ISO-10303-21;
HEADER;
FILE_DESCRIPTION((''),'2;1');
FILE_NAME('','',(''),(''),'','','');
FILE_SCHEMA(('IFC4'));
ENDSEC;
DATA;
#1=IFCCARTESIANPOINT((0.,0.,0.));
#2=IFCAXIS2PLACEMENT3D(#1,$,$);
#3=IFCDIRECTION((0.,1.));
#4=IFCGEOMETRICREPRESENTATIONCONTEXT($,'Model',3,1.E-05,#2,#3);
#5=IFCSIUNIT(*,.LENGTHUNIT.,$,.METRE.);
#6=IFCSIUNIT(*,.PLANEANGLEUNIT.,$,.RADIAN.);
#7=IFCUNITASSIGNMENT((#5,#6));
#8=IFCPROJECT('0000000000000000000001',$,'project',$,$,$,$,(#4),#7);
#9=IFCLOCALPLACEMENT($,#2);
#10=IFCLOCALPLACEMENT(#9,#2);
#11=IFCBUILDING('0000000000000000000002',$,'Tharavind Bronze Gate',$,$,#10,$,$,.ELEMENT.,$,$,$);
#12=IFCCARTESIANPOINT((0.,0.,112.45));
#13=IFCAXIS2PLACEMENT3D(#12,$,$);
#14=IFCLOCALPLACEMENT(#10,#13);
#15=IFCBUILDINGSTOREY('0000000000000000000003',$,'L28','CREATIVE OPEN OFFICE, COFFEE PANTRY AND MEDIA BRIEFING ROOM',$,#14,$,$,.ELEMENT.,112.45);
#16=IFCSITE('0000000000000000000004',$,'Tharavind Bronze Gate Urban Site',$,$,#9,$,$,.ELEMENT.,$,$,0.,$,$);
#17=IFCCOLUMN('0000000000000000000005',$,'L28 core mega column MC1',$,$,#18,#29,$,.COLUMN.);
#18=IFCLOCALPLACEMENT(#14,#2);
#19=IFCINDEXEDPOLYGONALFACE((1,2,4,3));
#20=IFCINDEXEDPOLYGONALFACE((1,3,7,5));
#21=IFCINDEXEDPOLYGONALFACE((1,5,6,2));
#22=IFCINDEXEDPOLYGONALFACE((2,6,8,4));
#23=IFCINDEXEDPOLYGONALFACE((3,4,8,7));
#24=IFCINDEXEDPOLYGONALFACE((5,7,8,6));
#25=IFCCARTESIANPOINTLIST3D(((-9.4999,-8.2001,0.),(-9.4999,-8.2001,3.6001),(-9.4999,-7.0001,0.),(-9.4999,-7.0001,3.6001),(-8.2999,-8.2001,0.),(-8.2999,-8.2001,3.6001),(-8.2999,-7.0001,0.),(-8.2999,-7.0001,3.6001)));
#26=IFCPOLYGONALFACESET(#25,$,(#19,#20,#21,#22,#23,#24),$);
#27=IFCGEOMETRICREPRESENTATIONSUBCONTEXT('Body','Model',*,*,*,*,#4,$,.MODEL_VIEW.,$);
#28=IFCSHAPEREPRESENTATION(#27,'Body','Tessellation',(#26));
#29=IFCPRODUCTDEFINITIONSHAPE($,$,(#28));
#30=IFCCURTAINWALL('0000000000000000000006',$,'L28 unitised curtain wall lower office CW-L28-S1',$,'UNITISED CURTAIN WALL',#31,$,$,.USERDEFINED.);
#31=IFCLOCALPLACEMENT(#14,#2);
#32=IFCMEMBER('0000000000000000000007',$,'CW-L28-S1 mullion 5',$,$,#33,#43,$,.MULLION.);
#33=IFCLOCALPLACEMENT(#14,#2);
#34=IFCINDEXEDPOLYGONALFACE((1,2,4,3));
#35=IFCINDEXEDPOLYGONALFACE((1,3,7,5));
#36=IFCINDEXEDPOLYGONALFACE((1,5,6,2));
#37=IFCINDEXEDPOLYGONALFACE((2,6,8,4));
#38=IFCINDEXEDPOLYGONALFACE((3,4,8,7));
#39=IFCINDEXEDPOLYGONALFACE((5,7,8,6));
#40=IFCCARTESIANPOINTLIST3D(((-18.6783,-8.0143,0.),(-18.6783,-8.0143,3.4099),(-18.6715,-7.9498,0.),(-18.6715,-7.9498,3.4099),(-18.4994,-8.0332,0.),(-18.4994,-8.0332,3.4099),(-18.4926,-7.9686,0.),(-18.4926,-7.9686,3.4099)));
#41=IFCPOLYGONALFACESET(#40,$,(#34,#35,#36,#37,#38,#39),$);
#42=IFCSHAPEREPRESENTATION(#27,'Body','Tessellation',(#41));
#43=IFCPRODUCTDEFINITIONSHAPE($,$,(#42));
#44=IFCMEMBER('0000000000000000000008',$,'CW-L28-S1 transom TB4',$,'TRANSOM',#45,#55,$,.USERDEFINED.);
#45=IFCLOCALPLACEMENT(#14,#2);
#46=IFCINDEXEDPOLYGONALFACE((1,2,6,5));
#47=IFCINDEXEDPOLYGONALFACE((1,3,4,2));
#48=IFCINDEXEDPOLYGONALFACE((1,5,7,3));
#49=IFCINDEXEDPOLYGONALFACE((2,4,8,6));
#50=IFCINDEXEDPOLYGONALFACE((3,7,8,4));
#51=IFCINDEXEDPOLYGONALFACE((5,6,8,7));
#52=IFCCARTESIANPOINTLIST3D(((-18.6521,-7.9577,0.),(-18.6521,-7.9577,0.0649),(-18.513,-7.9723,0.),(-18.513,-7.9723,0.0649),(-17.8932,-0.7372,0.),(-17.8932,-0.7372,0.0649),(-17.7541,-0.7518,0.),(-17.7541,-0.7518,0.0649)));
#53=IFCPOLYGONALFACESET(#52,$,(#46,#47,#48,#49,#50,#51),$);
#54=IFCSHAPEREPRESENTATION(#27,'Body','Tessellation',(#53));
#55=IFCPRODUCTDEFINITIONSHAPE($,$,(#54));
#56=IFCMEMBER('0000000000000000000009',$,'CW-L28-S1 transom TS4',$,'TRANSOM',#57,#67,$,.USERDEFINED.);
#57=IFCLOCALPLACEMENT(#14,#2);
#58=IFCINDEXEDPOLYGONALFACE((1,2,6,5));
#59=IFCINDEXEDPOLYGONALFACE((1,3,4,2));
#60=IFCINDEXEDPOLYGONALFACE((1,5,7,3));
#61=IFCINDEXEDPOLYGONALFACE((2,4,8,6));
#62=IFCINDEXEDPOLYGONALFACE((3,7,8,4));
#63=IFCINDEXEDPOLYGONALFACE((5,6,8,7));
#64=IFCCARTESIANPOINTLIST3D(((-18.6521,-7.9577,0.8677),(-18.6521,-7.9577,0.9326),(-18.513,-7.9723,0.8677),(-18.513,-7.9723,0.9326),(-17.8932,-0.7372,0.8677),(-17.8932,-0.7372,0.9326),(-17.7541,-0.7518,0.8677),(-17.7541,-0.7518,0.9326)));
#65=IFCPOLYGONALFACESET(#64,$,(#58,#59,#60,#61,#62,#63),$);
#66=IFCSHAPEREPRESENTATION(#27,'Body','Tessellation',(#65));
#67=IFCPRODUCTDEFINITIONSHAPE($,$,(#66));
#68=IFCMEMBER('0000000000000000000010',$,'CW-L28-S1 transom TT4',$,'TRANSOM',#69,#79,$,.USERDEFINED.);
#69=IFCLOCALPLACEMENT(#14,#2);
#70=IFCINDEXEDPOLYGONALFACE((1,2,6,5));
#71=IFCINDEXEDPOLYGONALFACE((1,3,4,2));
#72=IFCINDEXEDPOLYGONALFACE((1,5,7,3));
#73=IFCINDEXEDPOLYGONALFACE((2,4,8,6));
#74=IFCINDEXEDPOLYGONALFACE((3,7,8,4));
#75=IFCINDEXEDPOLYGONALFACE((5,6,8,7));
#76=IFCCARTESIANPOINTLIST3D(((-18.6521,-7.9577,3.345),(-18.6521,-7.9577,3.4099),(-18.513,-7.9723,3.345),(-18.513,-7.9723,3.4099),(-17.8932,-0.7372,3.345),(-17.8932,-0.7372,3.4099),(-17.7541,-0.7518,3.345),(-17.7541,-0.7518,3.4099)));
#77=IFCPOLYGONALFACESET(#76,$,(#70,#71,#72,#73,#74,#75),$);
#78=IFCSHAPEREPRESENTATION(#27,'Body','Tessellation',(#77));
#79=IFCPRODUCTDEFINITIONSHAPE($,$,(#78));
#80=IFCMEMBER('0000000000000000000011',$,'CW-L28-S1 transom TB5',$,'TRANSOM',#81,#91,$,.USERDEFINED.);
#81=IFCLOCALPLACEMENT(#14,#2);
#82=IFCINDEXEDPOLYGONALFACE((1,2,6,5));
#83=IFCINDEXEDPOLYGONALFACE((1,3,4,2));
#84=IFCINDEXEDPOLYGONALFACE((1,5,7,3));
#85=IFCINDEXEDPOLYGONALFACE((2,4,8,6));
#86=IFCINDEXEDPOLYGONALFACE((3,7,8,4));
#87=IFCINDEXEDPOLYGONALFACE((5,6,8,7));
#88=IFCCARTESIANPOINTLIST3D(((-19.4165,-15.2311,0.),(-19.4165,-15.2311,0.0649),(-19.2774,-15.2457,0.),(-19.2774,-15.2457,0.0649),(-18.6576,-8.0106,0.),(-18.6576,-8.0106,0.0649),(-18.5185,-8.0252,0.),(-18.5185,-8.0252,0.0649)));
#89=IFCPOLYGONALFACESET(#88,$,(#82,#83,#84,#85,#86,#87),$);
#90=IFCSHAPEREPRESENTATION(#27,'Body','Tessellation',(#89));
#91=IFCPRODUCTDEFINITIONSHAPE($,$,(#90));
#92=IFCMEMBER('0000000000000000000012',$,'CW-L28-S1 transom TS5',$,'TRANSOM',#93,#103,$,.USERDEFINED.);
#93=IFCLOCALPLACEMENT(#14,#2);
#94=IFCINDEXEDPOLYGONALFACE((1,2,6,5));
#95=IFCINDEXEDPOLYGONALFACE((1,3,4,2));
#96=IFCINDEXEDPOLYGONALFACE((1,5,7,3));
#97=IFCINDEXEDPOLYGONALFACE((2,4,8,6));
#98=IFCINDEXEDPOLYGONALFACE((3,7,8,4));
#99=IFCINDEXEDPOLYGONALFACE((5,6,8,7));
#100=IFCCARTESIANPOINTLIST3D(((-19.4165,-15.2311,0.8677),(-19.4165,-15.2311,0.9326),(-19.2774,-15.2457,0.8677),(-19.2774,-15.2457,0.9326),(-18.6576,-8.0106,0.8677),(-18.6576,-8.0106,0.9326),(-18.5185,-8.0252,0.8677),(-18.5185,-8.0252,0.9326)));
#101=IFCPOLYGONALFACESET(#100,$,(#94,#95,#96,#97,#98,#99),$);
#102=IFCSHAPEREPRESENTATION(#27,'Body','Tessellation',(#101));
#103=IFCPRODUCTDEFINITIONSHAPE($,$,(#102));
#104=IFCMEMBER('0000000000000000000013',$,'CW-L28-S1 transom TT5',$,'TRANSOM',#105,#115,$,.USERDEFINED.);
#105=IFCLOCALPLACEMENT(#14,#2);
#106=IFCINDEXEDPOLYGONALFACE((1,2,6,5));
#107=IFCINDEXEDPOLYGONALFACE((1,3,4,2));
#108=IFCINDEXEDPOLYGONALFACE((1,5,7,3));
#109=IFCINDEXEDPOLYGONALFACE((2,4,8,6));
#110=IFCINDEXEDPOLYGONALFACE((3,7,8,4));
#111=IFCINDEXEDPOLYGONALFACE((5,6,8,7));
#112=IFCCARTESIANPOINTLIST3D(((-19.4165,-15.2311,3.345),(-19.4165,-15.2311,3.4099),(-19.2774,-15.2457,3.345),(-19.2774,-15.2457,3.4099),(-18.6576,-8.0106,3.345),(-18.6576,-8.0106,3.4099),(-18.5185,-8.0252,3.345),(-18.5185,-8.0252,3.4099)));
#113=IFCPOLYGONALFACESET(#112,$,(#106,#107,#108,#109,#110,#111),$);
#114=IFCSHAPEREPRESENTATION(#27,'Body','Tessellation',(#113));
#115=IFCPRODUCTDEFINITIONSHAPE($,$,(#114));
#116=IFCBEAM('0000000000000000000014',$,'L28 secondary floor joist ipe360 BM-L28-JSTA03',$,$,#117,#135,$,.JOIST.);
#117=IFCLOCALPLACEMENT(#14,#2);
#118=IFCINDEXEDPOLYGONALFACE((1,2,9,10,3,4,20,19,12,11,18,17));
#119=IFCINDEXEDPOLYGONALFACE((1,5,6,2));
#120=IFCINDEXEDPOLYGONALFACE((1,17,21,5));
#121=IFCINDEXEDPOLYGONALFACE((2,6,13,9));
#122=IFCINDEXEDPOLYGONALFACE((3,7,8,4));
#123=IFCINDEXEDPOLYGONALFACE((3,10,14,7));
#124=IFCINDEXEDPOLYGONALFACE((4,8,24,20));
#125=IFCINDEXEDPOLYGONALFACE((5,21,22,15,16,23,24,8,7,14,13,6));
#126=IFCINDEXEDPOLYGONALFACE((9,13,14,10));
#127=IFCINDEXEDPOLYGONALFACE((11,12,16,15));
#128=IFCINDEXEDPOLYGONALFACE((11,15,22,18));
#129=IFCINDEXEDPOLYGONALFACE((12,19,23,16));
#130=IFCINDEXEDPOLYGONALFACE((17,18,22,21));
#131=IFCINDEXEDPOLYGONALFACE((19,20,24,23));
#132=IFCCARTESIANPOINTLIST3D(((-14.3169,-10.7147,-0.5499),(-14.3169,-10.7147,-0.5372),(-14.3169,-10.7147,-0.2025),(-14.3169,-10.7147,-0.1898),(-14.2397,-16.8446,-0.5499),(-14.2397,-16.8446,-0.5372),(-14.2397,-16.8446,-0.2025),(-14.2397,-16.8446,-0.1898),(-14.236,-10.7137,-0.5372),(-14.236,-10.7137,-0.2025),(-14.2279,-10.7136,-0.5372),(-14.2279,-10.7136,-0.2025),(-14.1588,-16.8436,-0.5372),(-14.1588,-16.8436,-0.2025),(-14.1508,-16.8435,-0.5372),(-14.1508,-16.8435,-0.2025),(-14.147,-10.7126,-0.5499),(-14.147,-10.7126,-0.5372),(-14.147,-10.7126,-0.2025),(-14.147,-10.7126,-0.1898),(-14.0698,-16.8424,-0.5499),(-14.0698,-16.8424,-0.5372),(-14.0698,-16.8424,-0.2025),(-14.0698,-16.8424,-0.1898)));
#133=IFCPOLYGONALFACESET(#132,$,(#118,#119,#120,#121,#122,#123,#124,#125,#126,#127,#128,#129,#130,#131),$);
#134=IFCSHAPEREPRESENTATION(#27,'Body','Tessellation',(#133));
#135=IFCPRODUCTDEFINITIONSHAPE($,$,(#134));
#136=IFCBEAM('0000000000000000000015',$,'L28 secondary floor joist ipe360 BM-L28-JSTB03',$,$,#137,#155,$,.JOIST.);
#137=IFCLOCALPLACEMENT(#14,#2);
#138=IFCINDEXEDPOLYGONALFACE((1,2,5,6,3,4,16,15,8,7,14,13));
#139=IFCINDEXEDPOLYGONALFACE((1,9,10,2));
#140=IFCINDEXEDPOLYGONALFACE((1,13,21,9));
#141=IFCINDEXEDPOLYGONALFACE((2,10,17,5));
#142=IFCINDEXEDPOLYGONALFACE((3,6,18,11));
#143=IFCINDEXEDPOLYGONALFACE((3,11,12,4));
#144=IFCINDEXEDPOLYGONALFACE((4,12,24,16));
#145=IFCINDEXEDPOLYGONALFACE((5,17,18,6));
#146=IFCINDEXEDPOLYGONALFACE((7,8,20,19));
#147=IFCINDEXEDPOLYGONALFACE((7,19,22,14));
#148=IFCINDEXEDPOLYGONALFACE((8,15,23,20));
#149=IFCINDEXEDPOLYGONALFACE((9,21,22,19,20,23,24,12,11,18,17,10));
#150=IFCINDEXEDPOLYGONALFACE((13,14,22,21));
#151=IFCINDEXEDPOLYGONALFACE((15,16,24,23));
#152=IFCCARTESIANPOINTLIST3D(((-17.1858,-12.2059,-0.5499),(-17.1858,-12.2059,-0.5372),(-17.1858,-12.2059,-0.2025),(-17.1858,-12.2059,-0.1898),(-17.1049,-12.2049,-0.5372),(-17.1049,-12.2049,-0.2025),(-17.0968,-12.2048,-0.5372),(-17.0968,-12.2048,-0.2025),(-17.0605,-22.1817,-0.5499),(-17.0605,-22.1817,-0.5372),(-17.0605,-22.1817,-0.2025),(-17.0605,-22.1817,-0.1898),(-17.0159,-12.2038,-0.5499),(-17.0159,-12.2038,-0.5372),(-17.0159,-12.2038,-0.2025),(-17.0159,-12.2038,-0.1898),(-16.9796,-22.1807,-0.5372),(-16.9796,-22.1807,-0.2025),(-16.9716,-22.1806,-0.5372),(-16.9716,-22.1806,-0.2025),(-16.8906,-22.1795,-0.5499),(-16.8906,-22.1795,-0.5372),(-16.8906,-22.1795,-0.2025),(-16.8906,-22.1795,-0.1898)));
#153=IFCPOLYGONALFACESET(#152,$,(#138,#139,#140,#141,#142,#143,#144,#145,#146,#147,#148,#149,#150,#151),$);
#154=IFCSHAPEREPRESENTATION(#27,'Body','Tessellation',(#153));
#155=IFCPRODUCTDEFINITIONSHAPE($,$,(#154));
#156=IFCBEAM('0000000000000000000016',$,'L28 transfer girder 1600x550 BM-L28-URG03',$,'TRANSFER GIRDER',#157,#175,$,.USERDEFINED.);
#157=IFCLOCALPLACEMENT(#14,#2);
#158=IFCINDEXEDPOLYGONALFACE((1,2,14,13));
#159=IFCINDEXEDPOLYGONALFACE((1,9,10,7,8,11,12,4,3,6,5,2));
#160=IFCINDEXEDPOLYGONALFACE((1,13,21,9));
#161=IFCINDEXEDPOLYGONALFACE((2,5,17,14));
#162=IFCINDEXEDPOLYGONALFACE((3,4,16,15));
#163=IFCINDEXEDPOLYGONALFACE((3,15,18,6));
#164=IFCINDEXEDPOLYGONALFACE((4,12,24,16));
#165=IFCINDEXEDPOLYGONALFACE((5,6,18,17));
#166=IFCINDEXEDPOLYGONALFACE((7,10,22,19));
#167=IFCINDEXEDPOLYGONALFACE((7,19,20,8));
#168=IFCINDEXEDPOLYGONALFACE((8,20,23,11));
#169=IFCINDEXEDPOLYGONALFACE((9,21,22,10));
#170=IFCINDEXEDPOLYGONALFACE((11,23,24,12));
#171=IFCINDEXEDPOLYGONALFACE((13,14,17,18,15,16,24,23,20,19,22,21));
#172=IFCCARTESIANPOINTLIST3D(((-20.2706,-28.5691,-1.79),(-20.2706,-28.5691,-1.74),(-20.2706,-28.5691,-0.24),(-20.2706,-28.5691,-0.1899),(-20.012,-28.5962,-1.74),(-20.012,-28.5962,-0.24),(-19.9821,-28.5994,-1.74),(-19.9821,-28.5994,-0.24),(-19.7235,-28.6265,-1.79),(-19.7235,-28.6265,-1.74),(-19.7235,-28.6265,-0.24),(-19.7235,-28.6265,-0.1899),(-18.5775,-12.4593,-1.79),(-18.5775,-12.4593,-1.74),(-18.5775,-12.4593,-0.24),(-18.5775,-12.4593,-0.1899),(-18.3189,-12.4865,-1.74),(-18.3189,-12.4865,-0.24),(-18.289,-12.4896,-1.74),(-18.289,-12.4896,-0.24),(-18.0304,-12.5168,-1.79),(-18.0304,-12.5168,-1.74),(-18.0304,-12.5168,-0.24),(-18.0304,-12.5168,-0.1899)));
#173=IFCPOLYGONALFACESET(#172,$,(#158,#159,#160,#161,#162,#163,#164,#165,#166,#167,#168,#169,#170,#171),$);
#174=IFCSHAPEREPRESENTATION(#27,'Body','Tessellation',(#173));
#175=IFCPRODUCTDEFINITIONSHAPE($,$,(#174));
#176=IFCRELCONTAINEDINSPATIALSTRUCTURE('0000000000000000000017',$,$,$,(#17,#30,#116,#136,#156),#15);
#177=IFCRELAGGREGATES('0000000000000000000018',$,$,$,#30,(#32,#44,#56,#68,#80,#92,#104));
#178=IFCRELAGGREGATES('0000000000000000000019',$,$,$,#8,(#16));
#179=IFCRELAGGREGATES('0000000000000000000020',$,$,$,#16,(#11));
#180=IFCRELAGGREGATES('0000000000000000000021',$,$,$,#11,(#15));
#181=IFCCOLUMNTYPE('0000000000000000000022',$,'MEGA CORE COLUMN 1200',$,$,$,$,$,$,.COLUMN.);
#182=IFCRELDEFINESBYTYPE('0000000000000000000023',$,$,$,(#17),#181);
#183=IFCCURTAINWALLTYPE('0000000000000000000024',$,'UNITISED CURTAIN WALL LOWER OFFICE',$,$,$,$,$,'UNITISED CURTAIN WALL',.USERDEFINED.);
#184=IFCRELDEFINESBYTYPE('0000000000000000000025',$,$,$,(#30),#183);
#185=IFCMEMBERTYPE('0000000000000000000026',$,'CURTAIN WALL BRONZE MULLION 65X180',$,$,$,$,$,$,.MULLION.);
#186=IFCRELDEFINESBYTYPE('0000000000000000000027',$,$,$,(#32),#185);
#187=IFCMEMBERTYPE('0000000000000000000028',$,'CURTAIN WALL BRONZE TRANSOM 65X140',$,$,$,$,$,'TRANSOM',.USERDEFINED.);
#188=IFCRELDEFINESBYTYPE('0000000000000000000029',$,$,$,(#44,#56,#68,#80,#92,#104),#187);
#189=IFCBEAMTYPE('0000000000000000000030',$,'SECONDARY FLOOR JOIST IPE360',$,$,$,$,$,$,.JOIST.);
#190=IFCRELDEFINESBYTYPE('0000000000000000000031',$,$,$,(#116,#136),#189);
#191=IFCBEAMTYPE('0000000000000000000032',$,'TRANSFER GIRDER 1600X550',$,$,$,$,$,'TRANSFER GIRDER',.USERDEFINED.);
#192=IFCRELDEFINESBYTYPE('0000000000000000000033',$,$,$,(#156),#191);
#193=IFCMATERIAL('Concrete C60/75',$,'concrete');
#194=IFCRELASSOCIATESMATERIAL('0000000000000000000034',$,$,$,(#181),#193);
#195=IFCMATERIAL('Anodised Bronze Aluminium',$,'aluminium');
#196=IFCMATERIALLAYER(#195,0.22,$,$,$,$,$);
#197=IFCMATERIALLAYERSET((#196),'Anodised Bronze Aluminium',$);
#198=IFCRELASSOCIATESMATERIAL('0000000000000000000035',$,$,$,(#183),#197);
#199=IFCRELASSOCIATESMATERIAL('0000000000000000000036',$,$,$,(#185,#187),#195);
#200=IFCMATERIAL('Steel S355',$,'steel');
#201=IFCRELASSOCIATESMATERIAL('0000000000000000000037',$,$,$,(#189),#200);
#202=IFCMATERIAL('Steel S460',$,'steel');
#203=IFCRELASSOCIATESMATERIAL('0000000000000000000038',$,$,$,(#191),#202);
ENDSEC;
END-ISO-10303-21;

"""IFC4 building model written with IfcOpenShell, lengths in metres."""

from ifc_helpers import new_model, si_unit, direction, frame, origin, origin_2d, place, context, subcontext, project, spatial, rectangle, i_section, extrude, material, layer, layer_set, material_profile, profile_set, type_object, element, aggregate, save


model = new_model("IFC4")

# Units and contexts
model_context = context("Model", 3, precision=1e-05, world=origin(), true_north=direction((0.0, 1.0)))
body_context = subcontext(model_context, "Body", "Model", "MODEL_VIEW")
ifc_project = project(units=[si_unit("LENGTHUNIT", "METRE"), si_unit("PLANEANGLEUNIT", "RADIAN")], contexts=[model_context])

# Site, building, storey
site_placement = place(None, origin())
site = spatial("IfcSite", under=ifc_project, at=site_placement, Name="Tharavind Bronze Gate Urban Site", CompositionType="ELEMENT", RefElevation=0.0)
building_placement = place(site_placement, origin())
building = spatial("IfcBuilding", under=site, at=building_placement, Name="Tharavind Bronze Gate", CompositionType="ELEMENT")
storey_placement = place(building_placement, frame((0.0, 0.0, 112.45)))
storey = spatial("IfcBuildingStorey", under=building, at=storey_placement, Name="L28", Description="CREATIVE OPEN OFFICE, COFFEE PANTRY AND MEDIA BRIEFING ROOM", CompositionType="ELEMENT", Elevation=112.45)

# Column
ifc_material_1 = material(Name="Concrete C60/75", Category="concrete")
ifc_material_profile_1 = material_profile(ifc_material_1, rectangle(XDim=1.2, YDim=1.2, at=origin_2d()), Name="RCCOL1200")
ifc_profile_set_1 = profile_set([ifc_material_profile_1], Name="Concrete C60/75")
column_type = type_object("IfcColumnType", Name="MEGA CORE COLUMN 1200", PredefinedType="COLUMN", material=ifc_profile_set_1)
column_placement = place(storey_placement, frame((-8.8999, -7.6001, 0.0), z_axis=(0.0, 0.0, 1.0), x_axis=(1.0, 0.0, 0.0)))
element("IfcColumn", 1, at=column_placement, inside=storey, type_object=column_type, Name="L28 core mega column MC1", PredefinedType="COLUMN", context=body_context, shape_type="SweptSolid", body=[
    extrude(rectangle(XDim=1.2, YDim=1.2, at=origin_2d()), origin(), (0.0, 0.0, 1.0), 3.6001),
])

# Curtain wall, members
ifc_material_2 = material(Name="Anodised Bronze Aluminium", Category="aluminium")
ifc_layer_1 = layer(ifc_material_2, 0.22)
ifc_layer_set_1 = layer_set([ifc_layer_1], Name="Anodised Bronze Aluminium")
curtain_wall_type = type_object("IfcCurtainWallType", Name="UNITISED CURTAIN WALL LOWER OFFICE", ElementType="UNITISED CURTAIN WALL", PredefinedType="USERDEFINED", material=ifc_layer_set_1)
curtain_wall_placement = place(storey_placement, origin())
curtain_wall = element("IfcCurtainWall", 2, at=curtain_wall_placement, inside=storey, type_object=curtain_wall_type, Name="L28 unitised curtain wall lower office CW-L28-S1", ObjectType="UNITISED CURTAIN WALL", PredefinedType="USERDEFINED")
member_type_1 = type_object("IfcMemberType", Name="CURTAIN WALL BRONZE MULLION 65X180", PredefinedType="MULLION", material=ifc_material_2)
member_1_placement = place(storey_placement, frame((-18.5854, -7.9915, 0.0), z_axis=(0.0, 0.0, 1.0), x_axis=(-0.104527, -0.994522, 0.0)))
member_1 = element("IfcMember", 3, at=member_1_placement, type_object=member_type_1, Name="CW-L28-S1 mullion 5", PredefinedType="MULLION", context=body_context, shape_type="SweptSolid", body=[
    extrude(rectangle(XDim=0.0649, YDim=0.1799, at=origin_2d()), origin(), (0.0, 0.0, 1.0), 3.4099),
])
member_type_2 = type_object("IfcMemberType", Name="CURTAIN WALL BRONZE TRANSOM 65X140", ElementType="TRANSOM", PredefinedType="USERDEFINED", material=ifc_material_2)
member_2_placement = place(storey_placement, frame((-18.2031, -4.3547, 0.0), z_axis=(0.0, 0.0, 1.0), x_axis=(-0.104527, -0.994522, 0.0)))
member_2 = element("IfcMember", 4, at=member_2_placement, type_object=member_type_2, Name="CW-L28-S1 transom TB4", ObjectType="TRANSOM", PredefinedType="USERDEFINED", context=body_context, shape_type="SweptSolid", body=[
    extrude(rectangle(XDim=7.2603, YDim=0.1399, at=origin_2d()), origin(), (0.0, 0.0, 1.0), 0.0649),
])
member_3_placement = place(storey_placement, frame((-18.2031, -4.3547, 0.8677), z_axis=(0.0, 0.0, 1.0), x_axis=(-0.104527, -0.994522, 0.0)))
member_3 = element("IfcMember", 5, at=member_3_placement, type_object=member_type_2, Name="CW-L28-S1 transom TS4", ObjectType="TRANSOM", PredefinedType="USERDEFINED", context=body_context, shape_type="SweptSolid", body=[
    extrude(rectangle(XDim=7.2603, YDim=0.1399, at=origin_2d()), origin(), (0.0, 0.0, 1.0), 0.0649),
])
member_4_placement = place(storey_placement, frame((-18.2031, -4.3547, 3.345), z_axis=(0.0, 0.0, 1.0), x_axis=(-0.104527, -0.994522, 0.0)))
member_4 = element("IfcMember", 6, at=member_4_placement, type_object=member_type_2, Name="CW-L28-S1 transom TT4", ObjectType="TRANSOM", PredefinedType="USERDEFINED", context=body_context, shape_type="SweptSolid", body=[
    extrude(rectangle(XDim=7.2603, YDim=0.1399, at=origin_2d()), origin(), (0.0, 0.0, 1.0), 0.0649),
])
member_5_placement = place(storey_placement, frame((-18.9675, -11.6282, 0.0), z_axis=(0.0, 0.0, 1.0), x_axis=(-0.104527, -0.994522, 0.0)))
member_5 = element("IfcMember", 7, at=member_5_placement, type_object=member_type_2, Name="CW-L28-S1 transom TB5", ObjectType="TRANSOM", PredefinedType="USERDEFINED", context=body_context, shape_type="SweptSolid", body=[
    extrude(rectangle(XDim=7.2603, YDim=0.1399, at=origin_2d()), origin(), (0.0, 0.0, 1.0), 0.0649),
])
member_6_placement = place(storey_placement, frame((-18.9675, -11.6282, 0.8677), z_axis=(0.0, 0.0, 1.0), x_axis=(-0.104527, -0.994522, 0.0)))
member_6 = element("IfcMember", 8, at=member_6_placement, type_object=member_type_2, Name="CW-L28-S1 transom TS5", ObjectType="TRANSOM", PredefinedType="USERDEFINED", context=body_context, shape_type="SweptSolid", body=[
    extrude(rectangle(XDim=7.2603, YDim=0.1399, at=origin_2d()), origin(), (0.0, 0.0, 1.0), 0.0649),
])
member_7_placement = place(storey_placement, frame((-18.9675, -11.6282, 3.345), z_axis=(0.0, 0.0, 1.0), x_axis=(-0.104527, -0.994522, 0.0)))
member_7 = element("IfcMember", 9, at=member_7_placement, type_object=member_type_2, Name="CW-L28-S1 transom TT5", ObjectType="TRANSOM", PredefinedType="USERDEFINED", context=body_context, shape_type="SweptSolid", body=[
    extrude(rectangle(XDim=7.2603, YDim=0.1399, at=origin_2d()), origin(), (0.0, 0.0, 1.0), 0.0649),
])

# Beams
ifc_material_3 = material(Name="Steel S355", Category="steel")
ifc_material_profile_2 = material_profile(ifc_material_3, i_section(OverallWidth=0.1699, OverallDepth=0.3601, WebThickness=0.0081, FlangeThickness=0.0127, at=origin_2d()), Name="IPE360")
ifc_profile_set_2 = profile_set([ifc_material_profile_2], Name="Steel S355")
beam_type_1 = type_object("IfcBeamType", Name="SECONDARY FLOOR JOIST IPE360", PredefinedType="JOIST", material=ifc_profile_set_2)
beam_1_placement = place(storey_placement, frame((-14.2319, -10.7136, -0.3699), z_axis=(0.012585, -0.999921, 0.0), x_axis=(0.999921, 0.012585, 0.0)))
element("IfcBeam", 10, at=beam_1_placement, inside=storey, type_object=beam_type_1, Name="L28 secondary floor joist ipe360 BM-L28-JSTA03", PredefinedType="JOIST", context=body_context, shape_type="SweptSolid", body=[
    extrude(i_section(OverallWidth=0.1699, OverallDepth=0.3601, WebThickness=0.0081, FlangeThickness=0.0127, at=origin_2d()), origin(), (0.0, 0.0, 1.0), 6.1304),
])
beam_2_placement = place(storey_placement, frame((-17.1008, -12.2048, -0.3699), z_axis=(0.012554, -0.999921, 0.0), x_axis=(0.999921, 0.012554, 0.0)))
element("IfcBeam", 11, at=beam_2_placement, inside=storey, type_object=beam_type_1, Name="L28 secondary floor joist ipe360 BM-L28-JSTB03", PredefinedType="JOIST", context=body_context, shape_type="SweptSolid", body=[
    extrude(i_section(OverallWidth=0.1699, OverallDepth=0.3601, WebThickness=0.0081, FlangeThickness=0.0127, at=origin_2d()), origin(), (0.0, 0.0, 1.0), 9.9766),
])
ifc_material_4 = material(Name="Steel S460", Category="steel")
ifc_material_profile_3 = material_profile(ifc_material_4, i_section(OverallWidth=0.55, OverallDepth=1.6001, WebThickness=0.03, FlangeThickness=0.05, at=origin_2d()), Name="PG1600X550")
ifc_profile_set_3 = profile_set([ifc_material_profile_3], Name="Steel S460")
beam_type_2 = type_object("IfcBeamType", Name="TRANSFER GIRDER 1600X550", ElementType="TRANSFER GIRDER", PredefinedType="USERDEFINED", material=ifc_profile_set_3)
beam_3_placement = place(storey_placement, frame((-18.304, -12.488, -0.99), z_axis=(-0.104522, -0.994523, 0.0), x_axis=(0.994523, -0.104522, 0.0)))
element("IfcBeam", 12, at=beam_3_placement, inside=storey, type_object=beam_type_2, Name="L28 transfer girder 1600x550 BM-L28-URG03", ObjectType="TRANSFER GIRDER", PredefinedType="USERDEFINED", context=body_context, shape_type="SweptSolid", body=[
    extrude(i_section(OverallWidth=0.55, OverallDepth=1.6001, WebThickness=0.03, FlangeThickness=0.05, at=origin_2d()), origin(), (0.0, 0.0, 1.0), 16.1985),
])

aggregate(curtain_wall, [member_1, member_2, member_3, member_4, member_5, member_6, member_7])

save(model, "model.ifc")
